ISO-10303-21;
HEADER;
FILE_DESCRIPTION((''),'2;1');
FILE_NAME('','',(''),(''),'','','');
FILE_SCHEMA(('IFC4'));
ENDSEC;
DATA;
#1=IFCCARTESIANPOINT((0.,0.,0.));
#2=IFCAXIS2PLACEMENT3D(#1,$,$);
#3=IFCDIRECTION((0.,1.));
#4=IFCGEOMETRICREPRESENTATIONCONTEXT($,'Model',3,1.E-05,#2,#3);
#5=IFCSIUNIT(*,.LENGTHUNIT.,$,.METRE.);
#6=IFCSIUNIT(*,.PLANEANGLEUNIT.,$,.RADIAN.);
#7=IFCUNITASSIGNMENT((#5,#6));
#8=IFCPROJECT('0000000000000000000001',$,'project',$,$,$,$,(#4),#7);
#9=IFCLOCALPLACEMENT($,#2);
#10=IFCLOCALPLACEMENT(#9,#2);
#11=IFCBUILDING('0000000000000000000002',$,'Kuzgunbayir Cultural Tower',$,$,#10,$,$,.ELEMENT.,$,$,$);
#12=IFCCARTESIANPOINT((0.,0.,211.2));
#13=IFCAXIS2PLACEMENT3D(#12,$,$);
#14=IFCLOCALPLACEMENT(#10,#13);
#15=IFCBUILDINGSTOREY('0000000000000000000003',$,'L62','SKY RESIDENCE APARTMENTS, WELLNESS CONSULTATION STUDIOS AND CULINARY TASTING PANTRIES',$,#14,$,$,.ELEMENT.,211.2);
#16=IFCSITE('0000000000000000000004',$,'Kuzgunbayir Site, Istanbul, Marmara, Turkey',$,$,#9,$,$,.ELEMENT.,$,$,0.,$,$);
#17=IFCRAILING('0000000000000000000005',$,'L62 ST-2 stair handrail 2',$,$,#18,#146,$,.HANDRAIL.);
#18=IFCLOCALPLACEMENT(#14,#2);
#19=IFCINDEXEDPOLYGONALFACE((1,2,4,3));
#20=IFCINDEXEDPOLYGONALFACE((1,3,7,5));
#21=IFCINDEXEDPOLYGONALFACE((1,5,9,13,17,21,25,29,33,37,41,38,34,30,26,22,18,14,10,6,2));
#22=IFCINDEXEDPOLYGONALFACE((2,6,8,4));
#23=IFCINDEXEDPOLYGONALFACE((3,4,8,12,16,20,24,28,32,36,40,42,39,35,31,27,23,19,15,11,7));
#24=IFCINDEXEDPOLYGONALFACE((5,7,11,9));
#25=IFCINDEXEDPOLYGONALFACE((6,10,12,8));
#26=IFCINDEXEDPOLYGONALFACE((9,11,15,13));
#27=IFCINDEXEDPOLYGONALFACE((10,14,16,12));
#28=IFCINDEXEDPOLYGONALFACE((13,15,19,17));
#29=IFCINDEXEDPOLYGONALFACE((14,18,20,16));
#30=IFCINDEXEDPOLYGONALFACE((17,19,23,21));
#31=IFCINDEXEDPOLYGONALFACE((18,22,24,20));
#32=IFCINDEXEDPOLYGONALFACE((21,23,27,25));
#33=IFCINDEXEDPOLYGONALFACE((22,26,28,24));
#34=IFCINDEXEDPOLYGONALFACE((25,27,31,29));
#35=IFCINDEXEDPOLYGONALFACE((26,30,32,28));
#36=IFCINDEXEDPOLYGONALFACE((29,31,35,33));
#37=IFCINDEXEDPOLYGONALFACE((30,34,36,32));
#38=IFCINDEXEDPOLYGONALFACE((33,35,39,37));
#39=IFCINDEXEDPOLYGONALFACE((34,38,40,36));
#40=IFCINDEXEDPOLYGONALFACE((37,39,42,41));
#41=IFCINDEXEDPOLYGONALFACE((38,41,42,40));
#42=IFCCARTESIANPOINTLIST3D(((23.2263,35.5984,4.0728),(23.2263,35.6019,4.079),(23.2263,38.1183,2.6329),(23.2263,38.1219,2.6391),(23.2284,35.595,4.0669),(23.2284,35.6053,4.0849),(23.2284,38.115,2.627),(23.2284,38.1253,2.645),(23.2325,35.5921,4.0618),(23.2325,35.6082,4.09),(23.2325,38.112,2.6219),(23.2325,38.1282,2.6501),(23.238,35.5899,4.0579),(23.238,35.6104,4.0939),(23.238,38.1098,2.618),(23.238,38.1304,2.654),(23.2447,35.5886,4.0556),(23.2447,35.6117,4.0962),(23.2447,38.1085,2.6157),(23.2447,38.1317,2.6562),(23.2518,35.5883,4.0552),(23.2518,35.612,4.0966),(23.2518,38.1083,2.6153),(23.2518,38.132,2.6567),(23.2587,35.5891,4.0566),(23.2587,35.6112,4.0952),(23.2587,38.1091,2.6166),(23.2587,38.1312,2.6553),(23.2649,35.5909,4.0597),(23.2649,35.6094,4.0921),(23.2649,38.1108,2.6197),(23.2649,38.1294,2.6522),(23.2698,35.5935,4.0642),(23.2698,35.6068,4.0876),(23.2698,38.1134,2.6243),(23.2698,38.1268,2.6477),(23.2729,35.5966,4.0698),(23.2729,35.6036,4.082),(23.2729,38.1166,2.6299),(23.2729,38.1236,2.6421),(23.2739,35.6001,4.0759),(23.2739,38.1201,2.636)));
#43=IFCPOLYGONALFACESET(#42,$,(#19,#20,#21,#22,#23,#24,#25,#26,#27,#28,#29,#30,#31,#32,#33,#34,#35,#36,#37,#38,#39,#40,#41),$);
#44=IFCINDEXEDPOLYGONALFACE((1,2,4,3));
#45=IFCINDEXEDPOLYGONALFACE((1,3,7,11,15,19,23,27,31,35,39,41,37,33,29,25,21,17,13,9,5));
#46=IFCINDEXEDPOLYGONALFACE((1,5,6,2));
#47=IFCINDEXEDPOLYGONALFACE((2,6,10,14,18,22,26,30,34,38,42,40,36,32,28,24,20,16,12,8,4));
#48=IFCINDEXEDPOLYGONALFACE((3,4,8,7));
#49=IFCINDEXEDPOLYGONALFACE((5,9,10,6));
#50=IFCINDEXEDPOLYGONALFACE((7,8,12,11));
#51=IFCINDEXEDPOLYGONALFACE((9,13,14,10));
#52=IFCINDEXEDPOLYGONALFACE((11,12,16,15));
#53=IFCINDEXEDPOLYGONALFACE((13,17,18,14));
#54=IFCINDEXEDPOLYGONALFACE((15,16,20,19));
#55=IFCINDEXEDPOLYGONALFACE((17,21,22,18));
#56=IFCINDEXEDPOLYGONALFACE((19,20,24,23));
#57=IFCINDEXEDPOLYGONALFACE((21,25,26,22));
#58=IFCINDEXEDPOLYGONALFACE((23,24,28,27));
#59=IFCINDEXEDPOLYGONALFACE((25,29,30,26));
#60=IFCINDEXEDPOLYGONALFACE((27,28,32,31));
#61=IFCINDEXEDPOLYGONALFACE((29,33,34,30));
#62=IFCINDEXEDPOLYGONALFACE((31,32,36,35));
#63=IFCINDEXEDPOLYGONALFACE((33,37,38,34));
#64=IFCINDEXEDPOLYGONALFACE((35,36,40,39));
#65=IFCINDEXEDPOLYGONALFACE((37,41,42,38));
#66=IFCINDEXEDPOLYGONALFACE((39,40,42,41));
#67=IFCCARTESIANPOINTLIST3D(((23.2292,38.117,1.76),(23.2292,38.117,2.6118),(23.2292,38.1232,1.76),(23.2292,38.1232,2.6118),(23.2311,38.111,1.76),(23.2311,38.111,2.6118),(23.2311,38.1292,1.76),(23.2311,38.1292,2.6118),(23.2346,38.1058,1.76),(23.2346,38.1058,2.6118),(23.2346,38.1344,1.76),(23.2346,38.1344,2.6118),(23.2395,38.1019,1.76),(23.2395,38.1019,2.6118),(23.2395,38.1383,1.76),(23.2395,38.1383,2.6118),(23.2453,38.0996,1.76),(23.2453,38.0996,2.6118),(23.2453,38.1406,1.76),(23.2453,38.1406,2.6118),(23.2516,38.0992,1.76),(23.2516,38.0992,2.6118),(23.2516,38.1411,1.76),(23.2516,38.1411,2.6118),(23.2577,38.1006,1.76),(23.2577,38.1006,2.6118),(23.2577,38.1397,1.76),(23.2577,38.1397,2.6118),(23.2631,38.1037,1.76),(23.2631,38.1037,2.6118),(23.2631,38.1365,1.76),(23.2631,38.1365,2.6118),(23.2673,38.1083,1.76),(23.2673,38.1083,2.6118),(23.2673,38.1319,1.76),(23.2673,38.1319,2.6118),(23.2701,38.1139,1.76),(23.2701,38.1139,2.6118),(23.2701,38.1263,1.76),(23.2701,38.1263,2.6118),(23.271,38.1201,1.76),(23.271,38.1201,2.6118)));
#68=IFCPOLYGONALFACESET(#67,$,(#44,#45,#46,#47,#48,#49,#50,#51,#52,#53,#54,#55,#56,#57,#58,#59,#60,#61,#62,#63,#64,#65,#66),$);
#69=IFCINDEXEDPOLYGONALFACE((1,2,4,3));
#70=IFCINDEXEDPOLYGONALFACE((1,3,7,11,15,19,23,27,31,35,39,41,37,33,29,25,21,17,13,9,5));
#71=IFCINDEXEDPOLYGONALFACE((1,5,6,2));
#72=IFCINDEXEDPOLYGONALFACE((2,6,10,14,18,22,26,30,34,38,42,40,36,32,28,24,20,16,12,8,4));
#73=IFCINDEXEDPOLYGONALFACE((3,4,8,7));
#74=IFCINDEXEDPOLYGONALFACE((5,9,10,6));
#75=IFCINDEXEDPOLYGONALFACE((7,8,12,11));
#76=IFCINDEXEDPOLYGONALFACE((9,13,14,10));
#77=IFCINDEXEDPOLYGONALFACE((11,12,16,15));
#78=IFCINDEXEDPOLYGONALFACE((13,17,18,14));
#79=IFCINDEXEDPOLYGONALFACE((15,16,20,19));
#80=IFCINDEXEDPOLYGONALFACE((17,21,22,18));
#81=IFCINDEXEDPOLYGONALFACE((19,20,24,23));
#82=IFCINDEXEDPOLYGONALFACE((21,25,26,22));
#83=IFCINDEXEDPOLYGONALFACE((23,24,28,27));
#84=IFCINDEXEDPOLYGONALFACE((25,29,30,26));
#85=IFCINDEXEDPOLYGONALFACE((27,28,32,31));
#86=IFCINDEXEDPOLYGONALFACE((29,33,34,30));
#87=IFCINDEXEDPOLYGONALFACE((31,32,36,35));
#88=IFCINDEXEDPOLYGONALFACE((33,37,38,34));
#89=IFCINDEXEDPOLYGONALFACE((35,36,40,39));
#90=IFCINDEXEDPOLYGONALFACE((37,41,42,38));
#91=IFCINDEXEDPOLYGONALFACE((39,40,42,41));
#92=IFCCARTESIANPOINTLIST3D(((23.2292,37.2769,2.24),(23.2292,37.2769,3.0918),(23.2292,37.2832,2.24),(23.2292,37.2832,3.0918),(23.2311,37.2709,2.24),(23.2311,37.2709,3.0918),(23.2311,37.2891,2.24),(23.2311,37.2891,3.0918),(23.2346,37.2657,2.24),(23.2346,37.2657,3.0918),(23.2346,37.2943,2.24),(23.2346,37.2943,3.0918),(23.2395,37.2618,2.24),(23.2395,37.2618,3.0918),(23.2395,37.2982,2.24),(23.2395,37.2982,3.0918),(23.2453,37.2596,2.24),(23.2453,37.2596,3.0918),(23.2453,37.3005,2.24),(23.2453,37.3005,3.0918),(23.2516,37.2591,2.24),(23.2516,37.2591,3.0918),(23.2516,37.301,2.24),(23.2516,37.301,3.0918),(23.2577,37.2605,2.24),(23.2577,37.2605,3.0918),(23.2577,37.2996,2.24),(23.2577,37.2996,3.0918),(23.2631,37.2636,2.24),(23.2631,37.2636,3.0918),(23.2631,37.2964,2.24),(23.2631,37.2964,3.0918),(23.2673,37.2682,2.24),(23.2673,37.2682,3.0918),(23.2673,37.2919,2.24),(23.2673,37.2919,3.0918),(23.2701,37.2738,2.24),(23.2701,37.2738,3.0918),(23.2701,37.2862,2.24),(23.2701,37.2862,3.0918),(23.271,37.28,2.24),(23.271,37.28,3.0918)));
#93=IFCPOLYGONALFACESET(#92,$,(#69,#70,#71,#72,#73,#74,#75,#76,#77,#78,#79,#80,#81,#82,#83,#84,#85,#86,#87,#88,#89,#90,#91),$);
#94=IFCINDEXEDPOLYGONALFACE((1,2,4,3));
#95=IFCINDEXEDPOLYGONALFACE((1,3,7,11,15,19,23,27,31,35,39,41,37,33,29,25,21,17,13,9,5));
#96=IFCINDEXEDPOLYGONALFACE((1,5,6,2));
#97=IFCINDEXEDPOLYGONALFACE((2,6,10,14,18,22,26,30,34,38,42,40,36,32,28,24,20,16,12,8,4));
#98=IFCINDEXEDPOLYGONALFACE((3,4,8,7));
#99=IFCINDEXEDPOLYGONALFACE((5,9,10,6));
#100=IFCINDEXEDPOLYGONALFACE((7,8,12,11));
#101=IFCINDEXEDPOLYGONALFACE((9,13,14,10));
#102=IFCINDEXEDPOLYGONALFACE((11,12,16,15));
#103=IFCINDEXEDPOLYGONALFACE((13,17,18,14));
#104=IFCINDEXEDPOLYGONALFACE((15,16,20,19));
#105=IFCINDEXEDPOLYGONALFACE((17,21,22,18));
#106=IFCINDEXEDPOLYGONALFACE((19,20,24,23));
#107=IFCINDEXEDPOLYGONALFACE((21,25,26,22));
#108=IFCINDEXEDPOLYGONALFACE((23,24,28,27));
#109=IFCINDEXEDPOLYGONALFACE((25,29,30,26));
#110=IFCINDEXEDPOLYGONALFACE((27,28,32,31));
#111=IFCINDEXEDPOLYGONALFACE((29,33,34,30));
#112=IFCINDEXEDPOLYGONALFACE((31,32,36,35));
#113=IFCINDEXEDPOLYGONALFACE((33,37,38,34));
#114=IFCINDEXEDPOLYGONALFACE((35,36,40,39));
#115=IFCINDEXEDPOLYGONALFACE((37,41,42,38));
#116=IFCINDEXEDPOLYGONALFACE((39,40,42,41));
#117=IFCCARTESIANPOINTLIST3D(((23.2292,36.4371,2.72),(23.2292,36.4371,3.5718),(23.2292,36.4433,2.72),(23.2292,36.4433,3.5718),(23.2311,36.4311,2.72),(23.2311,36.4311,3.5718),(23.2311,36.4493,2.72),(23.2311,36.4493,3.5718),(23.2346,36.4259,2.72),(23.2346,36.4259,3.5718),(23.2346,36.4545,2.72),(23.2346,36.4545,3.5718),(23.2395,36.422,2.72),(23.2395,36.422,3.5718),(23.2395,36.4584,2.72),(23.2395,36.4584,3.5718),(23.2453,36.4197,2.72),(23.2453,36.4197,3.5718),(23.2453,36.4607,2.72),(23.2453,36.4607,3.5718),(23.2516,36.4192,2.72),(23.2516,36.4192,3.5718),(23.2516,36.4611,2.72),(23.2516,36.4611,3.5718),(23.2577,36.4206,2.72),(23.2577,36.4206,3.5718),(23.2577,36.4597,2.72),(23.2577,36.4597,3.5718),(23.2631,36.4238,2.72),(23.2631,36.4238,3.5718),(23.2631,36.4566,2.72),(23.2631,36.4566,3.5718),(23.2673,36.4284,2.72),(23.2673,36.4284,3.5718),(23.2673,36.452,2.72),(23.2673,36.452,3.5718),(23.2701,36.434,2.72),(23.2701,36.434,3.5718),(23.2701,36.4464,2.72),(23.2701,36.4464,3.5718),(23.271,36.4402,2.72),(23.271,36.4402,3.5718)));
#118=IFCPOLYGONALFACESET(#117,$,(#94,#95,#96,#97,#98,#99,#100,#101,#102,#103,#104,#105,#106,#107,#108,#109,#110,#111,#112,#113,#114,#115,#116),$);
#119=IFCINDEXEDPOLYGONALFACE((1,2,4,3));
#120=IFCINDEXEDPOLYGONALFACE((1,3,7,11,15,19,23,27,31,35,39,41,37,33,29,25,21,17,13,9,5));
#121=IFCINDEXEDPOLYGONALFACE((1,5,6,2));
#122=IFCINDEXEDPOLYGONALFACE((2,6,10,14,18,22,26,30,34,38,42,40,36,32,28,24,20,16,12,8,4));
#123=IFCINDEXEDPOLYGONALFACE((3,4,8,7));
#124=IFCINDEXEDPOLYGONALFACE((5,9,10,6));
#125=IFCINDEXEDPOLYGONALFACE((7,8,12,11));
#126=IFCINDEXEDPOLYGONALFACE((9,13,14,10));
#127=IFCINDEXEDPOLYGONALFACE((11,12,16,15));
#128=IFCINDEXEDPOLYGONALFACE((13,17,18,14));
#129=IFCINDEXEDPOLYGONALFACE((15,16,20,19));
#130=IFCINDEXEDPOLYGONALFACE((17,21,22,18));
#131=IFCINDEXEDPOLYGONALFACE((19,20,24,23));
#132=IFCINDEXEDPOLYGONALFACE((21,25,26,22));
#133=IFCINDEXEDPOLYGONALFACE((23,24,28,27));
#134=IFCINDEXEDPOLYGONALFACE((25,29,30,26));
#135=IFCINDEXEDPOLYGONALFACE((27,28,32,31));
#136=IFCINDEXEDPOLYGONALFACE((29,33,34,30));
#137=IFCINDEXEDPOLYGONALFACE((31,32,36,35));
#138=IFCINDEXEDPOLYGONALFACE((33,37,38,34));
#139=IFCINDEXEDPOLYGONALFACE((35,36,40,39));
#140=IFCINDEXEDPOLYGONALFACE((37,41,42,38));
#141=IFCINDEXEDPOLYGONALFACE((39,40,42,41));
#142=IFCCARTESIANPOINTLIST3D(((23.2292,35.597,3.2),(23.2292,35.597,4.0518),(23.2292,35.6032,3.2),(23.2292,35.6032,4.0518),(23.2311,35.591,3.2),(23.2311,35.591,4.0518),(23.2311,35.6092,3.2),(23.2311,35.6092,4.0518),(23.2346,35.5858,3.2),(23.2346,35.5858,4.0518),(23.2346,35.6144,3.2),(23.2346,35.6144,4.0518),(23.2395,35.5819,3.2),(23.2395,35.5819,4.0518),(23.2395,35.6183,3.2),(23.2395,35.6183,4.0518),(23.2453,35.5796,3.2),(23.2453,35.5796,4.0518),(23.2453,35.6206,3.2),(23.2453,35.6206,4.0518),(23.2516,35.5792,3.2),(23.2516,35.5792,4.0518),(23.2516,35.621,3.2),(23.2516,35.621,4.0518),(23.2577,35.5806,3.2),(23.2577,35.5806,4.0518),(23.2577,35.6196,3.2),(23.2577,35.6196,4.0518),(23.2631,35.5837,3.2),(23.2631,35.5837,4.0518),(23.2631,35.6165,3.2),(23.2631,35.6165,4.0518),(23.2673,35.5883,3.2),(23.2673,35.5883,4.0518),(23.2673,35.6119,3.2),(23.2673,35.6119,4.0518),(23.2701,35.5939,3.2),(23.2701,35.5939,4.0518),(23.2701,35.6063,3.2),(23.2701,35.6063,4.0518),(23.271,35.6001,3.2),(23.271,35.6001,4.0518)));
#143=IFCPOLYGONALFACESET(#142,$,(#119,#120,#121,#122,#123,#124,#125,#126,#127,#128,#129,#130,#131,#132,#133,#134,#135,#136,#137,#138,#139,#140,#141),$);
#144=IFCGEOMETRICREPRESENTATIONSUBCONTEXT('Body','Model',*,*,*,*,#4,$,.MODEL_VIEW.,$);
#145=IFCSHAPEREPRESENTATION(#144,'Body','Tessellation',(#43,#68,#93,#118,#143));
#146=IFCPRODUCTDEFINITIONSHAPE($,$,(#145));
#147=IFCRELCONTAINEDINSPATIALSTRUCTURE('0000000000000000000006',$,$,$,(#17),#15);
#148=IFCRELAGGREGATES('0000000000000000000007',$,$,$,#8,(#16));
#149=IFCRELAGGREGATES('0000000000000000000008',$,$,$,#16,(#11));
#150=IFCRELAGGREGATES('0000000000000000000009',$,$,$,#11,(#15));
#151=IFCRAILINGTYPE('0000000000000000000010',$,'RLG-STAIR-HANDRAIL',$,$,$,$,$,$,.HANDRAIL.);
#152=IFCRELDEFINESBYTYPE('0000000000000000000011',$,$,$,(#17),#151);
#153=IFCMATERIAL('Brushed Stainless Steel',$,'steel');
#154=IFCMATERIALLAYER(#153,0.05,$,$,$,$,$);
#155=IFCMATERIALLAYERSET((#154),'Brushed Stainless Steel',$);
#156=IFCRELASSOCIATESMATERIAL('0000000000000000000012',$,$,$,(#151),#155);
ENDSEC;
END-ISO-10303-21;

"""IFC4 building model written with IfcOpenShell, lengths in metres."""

from ifc_helpers import new_model, si_unit, direction, frame, origin, origin_2d, place, context, subcontext, project, spatial, circle, extrude, material, layer, layer_set, type_object, element, save


model = new_model("IFC4")

# Units and contexts
model_context = context("Model", 3, precision=1e-05, world=origin(), true_north=direction((0.0, 1.0)))
body_context = subcontext(model_context, "Body", "Model", "MODEL_VIEW")
ifc_project = project(units=[si_unit("LENGTHUNIT", "METRE"), si_unit("PLANEANGLEUNIT", "RADIAN")], contexts=[model_context])

# Site, building, storey
site_placement = place(None, origin())
site = spatial("IfcSite", under=ifc_project, at=site_placement, Name="Kuzgunbayir Site, Istanbul, Marmara, Turkey", CompositionType="ELEMENT", RefElevation=0.0)
building_placement = place(site_placement, origin())
building = spatial("IfcBuilding", under=site, at=building_placement, Name="Kuzgunbayir Cultural Tower", CompositionType="ELEMENT")
storey_placement = place(building_placement, frame((0.0, 0.0, 211.2)))
storey = spatial("IfcBuildingStorey", under=building, at=storey_placement, Name="L62", Description="SKY RESIDENCE APARTMENTS, WELLNESS CONSULTATION STUDIOS AND CULINARY TASTING PANTRIES", CompositionType="ELEMENT", Elevation=211.2)

# Shared definitions
ifc_material_1 = material(Name="Brushed Stainless Steel", Category="steel")

# Railing
ifc_layer_1 = layer(ifc_material_1, 0.05)
ifc_layer_set_1 = layer_set([ifc_layer_1], Name="Brushed Stainless Steel")
railing_type_1 = type_object("IfcRailingType", Name="RLG-STAIR-HANDRAIL", PredefinedType="HANDRAIL", material=ifc_layer_set_1)
railing_1_placement = place(storey_placement, frame((23.25, 38.1201, 1.76)))
element("IfcRailing", 1, at=railing_1_placement, inside=storey, type_object=railing_type_1, Name="L62 ST-2 stair handrail 2", PredefinedType="HANDRAIL", context=body_context, shape_type="SweptSolid", body=[
    extrude(circle(Radius=0.0239, at=origin_2d()), frame((0.0, 0.0, 0.876), z_axis=(0.0, -0.868253, 0.496121), x_axis=(1.0, 0.0, 0.0)), (0.0, 0.0, 1.0), 2.9023),
    extrude(circle(Radius=0.021, at=origin_2d()), origin(), (0.0, 0.0, 1.0), 0.8518),
    extrude(circle(Radius=0.021, at=origin_2d()), frame((0.0, -0.8401, 0.48)), (0.0, 0.0, 1.0), 0.8518),
    extrude(circle(Radius=0.021, at=origin_2d()), frame((0.0, -1.6799, 0.96)), (0.0, 0.0, 1.0), 0.8518),
    extrude(circle(Radius=0.021, at=origin_2d()), frame((0.0, -2.52, 1.4399)), (0.0, 0.0, 1.0), 0.8518),
])

save(model, "model.ifc")
